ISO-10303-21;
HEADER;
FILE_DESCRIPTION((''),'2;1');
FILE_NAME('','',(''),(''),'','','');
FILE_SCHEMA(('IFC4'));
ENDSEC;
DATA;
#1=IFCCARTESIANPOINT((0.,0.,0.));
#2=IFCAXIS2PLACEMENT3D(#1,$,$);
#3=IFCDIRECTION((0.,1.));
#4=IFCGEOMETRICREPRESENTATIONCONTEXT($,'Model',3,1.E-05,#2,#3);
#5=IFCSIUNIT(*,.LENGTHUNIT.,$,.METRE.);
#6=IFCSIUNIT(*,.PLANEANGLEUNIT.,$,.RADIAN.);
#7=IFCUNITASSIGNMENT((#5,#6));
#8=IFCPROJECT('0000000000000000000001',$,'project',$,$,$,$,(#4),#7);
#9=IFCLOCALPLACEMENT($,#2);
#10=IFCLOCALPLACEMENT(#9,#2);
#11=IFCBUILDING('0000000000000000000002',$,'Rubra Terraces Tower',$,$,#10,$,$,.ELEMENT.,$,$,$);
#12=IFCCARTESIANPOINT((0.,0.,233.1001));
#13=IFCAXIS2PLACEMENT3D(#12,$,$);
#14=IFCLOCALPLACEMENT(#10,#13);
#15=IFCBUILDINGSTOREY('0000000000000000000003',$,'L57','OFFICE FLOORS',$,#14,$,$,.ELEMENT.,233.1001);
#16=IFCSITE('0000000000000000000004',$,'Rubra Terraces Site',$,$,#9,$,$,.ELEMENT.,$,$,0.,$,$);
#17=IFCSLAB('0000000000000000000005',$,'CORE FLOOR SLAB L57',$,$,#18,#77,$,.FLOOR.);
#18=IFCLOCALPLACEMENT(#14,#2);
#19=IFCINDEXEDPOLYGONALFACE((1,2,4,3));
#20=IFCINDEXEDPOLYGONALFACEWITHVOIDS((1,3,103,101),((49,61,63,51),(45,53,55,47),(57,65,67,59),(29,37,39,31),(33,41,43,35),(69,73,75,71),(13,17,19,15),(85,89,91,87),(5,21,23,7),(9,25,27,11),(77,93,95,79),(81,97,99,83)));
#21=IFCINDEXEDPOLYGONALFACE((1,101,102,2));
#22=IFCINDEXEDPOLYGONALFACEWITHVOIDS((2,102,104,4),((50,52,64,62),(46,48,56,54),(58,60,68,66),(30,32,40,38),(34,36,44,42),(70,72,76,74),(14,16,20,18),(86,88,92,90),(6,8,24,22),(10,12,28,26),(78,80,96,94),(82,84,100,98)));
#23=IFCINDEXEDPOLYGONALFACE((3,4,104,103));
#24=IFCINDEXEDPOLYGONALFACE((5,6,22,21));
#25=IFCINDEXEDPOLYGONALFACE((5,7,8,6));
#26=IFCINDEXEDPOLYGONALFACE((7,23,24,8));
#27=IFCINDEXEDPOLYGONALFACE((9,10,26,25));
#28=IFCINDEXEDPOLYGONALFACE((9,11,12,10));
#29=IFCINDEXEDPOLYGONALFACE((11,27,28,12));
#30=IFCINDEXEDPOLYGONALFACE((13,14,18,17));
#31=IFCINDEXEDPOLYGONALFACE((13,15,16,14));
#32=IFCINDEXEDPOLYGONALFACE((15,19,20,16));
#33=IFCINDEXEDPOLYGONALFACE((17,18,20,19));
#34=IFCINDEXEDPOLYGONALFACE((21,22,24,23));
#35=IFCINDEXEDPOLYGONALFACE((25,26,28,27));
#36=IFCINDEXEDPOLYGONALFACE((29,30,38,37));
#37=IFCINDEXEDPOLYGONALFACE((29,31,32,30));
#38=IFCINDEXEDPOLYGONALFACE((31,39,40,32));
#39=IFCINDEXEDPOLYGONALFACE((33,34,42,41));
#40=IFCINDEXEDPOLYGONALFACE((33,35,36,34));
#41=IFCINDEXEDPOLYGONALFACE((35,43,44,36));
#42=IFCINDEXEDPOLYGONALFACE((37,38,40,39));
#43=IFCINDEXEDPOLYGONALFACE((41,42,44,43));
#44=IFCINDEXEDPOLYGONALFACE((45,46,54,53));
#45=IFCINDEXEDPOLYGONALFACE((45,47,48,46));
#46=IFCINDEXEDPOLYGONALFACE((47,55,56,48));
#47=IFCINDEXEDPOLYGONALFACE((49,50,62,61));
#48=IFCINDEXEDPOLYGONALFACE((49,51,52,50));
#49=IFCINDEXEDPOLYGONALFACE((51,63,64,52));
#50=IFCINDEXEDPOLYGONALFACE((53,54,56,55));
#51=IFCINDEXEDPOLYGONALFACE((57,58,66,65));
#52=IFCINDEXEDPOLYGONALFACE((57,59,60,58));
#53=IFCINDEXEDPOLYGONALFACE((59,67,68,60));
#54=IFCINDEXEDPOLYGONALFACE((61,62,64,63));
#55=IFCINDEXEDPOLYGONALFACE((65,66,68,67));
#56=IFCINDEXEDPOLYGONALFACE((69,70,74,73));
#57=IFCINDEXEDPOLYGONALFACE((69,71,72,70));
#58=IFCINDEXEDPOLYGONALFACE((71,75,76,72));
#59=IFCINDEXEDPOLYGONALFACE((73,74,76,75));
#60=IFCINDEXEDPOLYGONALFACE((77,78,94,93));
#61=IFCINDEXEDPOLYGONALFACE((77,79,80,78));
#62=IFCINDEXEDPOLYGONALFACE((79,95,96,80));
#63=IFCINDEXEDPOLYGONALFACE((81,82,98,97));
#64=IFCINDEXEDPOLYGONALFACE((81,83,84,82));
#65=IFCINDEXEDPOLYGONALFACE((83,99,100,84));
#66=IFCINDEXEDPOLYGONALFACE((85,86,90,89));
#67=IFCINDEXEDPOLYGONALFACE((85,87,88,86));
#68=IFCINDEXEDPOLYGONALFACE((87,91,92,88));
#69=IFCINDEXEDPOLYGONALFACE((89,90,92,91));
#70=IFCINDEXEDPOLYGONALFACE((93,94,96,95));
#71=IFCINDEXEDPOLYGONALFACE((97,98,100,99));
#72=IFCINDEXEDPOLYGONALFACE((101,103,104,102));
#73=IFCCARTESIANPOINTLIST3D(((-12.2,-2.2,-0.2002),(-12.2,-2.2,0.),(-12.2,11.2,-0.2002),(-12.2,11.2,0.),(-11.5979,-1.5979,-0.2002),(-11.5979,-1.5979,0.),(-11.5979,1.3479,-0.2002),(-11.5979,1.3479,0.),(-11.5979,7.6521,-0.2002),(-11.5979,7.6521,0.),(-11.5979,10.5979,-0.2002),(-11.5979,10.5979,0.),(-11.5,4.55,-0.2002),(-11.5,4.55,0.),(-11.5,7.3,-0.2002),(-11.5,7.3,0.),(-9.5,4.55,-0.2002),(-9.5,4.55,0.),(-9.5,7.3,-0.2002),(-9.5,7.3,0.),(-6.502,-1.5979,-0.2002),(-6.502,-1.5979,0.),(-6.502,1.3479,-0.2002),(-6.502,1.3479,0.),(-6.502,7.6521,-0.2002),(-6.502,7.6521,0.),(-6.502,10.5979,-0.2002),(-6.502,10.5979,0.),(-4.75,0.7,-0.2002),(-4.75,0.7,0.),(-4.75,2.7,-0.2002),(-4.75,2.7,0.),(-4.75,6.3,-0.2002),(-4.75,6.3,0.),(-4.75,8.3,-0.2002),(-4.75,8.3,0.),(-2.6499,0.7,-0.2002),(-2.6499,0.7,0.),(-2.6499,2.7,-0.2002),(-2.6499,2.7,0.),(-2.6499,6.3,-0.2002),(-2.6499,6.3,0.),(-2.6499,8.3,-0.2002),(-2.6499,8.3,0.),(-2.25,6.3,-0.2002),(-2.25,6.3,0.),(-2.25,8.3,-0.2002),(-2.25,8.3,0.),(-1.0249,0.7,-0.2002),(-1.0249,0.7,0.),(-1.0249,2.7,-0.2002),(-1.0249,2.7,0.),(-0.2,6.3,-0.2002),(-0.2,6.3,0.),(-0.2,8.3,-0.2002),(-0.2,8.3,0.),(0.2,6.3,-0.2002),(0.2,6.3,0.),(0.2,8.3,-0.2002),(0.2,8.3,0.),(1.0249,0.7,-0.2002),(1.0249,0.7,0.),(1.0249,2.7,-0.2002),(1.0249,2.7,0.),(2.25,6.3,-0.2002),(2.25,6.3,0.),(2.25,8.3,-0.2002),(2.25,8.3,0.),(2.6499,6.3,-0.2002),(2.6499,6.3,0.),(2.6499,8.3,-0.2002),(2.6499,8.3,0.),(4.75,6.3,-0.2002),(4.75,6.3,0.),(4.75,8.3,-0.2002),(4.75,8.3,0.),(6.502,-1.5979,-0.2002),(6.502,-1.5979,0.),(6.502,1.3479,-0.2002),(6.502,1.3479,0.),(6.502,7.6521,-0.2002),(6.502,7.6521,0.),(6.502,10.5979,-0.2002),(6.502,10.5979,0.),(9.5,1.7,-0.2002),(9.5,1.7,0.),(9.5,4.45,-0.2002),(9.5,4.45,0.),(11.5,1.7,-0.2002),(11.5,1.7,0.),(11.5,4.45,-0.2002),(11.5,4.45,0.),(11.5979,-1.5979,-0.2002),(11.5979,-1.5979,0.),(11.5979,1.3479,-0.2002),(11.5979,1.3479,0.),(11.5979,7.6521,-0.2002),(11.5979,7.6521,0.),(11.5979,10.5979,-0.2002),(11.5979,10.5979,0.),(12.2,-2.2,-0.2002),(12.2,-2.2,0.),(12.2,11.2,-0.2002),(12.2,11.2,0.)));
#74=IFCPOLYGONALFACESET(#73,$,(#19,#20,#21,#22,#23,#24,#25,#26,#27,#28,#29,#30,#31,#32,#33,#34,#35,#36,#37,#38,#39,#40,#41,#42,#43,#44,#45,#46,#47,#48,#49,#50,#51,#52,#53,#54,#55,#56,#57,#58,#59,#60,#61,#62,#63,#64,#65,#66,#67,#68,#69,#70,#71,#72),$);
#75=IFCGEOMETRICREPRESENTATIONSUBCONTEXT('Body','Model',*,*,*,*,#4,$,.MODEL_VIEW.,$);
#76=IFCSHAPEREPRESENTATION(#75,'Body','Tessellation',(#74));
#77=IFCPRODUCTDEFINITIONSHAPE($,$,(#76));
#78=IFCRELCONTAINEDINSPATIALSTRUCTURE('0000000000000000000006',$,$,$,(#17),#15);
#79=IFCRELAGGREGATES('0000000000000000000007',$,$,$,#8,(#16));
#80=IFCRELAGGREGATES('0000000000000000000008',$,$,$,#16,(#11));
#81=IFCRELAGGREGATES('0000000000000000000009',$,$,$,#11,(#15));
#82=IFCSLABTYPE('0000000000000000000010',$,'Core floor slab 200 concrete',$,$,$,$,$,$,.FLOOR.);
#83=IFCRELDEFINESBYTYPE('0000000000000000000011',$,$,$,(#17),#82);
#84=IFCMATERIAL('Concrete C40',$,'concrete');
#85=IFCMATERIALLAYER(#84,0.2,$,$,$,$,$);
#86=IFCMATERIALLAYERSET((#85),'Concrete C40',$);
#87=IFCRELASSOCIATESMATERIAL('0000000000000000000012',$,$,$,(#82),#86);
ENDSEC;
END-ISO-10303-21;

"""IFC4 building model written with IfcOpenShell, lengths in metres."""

from ifc_helpers import new_model, si_unit, direction, frame, origin, place, context, subcontext, project, spatial, polyline, outline, extrude, material, layer, layer_set, type_object, element, save


model = new_model("IFC4")

# Units and contexts
model_context = context("Model", 3, precision=1e-05, world=origin(), true_north=direction((0.0, 1.0)))
body_context = subcontext(model_context, "Body", "Model", "MODEL_VIEW")
ifc_project = project(units=[si_unit("LENGTHUNIT", "METRE"), si_unit("PLANEANGLEUNIT", "RADIAN")], contexts=[model_context])

# Site, building, storey
site_placement = place(None, origin())
site = spatial("IfcSite", under=ifc_project, at=site_placement, Name="Rubra Terraces Site", CompositionType="ELEMENT", RefElevation=0.0)
building_placement = place(site_placement, origin())
building = spatial("IfcBuilding", under=site, at=building_placement, Name="Rubra Terraces Tower", CompositionType="ELEMENT")
storey_placement = place(building_placement, frame((0.0, 0.0, 233.1001)))
storey = spatial("IfcBuildingStorey", under=building, at=storey_placement, Name="L57", Description="OFFICE FLOORS", CompositionType="ELEMENT", Elevation=233.1001)

# Slab
ifc_material_1 = material(Name="Concrete C40", Category="concrete")
ifc_layer_1 = layer(ifc_material_1, 0.2)
ifc_layer_set_1 = layer_set([ifc_layer_1], Name="Concrete C40")
slab_type_1 = type_object("IfcSlabType", Name="Core floor slab 200 concrete", PredefinedType="FLOOR", material=ifc_layer_set_1)
slab_1_placement = place(storey_placement, frame((0.0, 0.0, -0.2002)))
element("IfcSlab", 1, at=slab_1_placement, inside=storey, type_object=slab_type_1, Name="CORE FLOOR SLAB L57", PredefinedType="FLOOR", context=body_context, shape_type="SweptSolid", body=[
    extrude(outline(polyline([(-12.2, -2.2), (-12.2, 11.2), (12.2, 11.2), (12.2, -2.2), (-12.2, -2.2)]), holes=[polyline([(11.5979, 1.3479), (6.502, 1.3479), (6.502, -1.5979), (11.5979, -1.5979), (11.5979, 1.3479)]), polyline([(11.5979, 7.6521), (11.5979, 10.5979), (6.502, 10.5979), (6.502, 7.6521), (11.5979, 7.6521)]), polyline([(9.5, 1.7), (11.5, 1.7), (11.5, 4.45), (9.5, 4.45), (9.5, 1.7)]), polyline([(4.75, 6.3), (4.75, 8.3), (2.6499, 8.3), (2.6499, 6.3), (4.75, 6.3)]), polyline([(2.25, 8.3), (0.2, 8.3), (0.2, 6.3), (2.25, 6.3), (2.25, 8.3)]), polyline([(1.0249, 0.7), (1.0249, 2.7), (-1.0249, 2.7), (-1.0249, 0.7), (1.0249, 0.7)]), polyline([(-0.2, 6.3), (-0.2, 8.3), (-2.25, 8.3), (-2.25, 6.3), (-0.2, 6.3)]), polyline([(-4.75, 8.3), (-4.75, 6.3), (-2.6499, 6.3), (-2.6499, 8.3), (-4.75, 8.3)]), polyline([(-2.6499, 0.7), (-2.6499, 2.7), (-4.75, 2.7), (-4.75, 0.7), (-2.6499, 0.7)]), polyline([(-11.5979, -1.5979), (-6.502, -1.5979), (-6.502, 1.3479), (-11.5979, 1.3479), (-11.5979, -1.5979)]), polyline([(-11.5979, 10.5979), (-11.5979, 7.6521), (-6.502, 7.6521), (-6.502, 10.5979), (-11.5979, 10.5979)]), polyline([(-9.5, 4.55), (-9.5, 7.3), (-11.5, 7.3), (-11.5, 4.55), (-9.5, 4.55)])]), origin(), (0.0, 0.0, 1.0), 0.2002),
])

save(model, "model.ifc")
